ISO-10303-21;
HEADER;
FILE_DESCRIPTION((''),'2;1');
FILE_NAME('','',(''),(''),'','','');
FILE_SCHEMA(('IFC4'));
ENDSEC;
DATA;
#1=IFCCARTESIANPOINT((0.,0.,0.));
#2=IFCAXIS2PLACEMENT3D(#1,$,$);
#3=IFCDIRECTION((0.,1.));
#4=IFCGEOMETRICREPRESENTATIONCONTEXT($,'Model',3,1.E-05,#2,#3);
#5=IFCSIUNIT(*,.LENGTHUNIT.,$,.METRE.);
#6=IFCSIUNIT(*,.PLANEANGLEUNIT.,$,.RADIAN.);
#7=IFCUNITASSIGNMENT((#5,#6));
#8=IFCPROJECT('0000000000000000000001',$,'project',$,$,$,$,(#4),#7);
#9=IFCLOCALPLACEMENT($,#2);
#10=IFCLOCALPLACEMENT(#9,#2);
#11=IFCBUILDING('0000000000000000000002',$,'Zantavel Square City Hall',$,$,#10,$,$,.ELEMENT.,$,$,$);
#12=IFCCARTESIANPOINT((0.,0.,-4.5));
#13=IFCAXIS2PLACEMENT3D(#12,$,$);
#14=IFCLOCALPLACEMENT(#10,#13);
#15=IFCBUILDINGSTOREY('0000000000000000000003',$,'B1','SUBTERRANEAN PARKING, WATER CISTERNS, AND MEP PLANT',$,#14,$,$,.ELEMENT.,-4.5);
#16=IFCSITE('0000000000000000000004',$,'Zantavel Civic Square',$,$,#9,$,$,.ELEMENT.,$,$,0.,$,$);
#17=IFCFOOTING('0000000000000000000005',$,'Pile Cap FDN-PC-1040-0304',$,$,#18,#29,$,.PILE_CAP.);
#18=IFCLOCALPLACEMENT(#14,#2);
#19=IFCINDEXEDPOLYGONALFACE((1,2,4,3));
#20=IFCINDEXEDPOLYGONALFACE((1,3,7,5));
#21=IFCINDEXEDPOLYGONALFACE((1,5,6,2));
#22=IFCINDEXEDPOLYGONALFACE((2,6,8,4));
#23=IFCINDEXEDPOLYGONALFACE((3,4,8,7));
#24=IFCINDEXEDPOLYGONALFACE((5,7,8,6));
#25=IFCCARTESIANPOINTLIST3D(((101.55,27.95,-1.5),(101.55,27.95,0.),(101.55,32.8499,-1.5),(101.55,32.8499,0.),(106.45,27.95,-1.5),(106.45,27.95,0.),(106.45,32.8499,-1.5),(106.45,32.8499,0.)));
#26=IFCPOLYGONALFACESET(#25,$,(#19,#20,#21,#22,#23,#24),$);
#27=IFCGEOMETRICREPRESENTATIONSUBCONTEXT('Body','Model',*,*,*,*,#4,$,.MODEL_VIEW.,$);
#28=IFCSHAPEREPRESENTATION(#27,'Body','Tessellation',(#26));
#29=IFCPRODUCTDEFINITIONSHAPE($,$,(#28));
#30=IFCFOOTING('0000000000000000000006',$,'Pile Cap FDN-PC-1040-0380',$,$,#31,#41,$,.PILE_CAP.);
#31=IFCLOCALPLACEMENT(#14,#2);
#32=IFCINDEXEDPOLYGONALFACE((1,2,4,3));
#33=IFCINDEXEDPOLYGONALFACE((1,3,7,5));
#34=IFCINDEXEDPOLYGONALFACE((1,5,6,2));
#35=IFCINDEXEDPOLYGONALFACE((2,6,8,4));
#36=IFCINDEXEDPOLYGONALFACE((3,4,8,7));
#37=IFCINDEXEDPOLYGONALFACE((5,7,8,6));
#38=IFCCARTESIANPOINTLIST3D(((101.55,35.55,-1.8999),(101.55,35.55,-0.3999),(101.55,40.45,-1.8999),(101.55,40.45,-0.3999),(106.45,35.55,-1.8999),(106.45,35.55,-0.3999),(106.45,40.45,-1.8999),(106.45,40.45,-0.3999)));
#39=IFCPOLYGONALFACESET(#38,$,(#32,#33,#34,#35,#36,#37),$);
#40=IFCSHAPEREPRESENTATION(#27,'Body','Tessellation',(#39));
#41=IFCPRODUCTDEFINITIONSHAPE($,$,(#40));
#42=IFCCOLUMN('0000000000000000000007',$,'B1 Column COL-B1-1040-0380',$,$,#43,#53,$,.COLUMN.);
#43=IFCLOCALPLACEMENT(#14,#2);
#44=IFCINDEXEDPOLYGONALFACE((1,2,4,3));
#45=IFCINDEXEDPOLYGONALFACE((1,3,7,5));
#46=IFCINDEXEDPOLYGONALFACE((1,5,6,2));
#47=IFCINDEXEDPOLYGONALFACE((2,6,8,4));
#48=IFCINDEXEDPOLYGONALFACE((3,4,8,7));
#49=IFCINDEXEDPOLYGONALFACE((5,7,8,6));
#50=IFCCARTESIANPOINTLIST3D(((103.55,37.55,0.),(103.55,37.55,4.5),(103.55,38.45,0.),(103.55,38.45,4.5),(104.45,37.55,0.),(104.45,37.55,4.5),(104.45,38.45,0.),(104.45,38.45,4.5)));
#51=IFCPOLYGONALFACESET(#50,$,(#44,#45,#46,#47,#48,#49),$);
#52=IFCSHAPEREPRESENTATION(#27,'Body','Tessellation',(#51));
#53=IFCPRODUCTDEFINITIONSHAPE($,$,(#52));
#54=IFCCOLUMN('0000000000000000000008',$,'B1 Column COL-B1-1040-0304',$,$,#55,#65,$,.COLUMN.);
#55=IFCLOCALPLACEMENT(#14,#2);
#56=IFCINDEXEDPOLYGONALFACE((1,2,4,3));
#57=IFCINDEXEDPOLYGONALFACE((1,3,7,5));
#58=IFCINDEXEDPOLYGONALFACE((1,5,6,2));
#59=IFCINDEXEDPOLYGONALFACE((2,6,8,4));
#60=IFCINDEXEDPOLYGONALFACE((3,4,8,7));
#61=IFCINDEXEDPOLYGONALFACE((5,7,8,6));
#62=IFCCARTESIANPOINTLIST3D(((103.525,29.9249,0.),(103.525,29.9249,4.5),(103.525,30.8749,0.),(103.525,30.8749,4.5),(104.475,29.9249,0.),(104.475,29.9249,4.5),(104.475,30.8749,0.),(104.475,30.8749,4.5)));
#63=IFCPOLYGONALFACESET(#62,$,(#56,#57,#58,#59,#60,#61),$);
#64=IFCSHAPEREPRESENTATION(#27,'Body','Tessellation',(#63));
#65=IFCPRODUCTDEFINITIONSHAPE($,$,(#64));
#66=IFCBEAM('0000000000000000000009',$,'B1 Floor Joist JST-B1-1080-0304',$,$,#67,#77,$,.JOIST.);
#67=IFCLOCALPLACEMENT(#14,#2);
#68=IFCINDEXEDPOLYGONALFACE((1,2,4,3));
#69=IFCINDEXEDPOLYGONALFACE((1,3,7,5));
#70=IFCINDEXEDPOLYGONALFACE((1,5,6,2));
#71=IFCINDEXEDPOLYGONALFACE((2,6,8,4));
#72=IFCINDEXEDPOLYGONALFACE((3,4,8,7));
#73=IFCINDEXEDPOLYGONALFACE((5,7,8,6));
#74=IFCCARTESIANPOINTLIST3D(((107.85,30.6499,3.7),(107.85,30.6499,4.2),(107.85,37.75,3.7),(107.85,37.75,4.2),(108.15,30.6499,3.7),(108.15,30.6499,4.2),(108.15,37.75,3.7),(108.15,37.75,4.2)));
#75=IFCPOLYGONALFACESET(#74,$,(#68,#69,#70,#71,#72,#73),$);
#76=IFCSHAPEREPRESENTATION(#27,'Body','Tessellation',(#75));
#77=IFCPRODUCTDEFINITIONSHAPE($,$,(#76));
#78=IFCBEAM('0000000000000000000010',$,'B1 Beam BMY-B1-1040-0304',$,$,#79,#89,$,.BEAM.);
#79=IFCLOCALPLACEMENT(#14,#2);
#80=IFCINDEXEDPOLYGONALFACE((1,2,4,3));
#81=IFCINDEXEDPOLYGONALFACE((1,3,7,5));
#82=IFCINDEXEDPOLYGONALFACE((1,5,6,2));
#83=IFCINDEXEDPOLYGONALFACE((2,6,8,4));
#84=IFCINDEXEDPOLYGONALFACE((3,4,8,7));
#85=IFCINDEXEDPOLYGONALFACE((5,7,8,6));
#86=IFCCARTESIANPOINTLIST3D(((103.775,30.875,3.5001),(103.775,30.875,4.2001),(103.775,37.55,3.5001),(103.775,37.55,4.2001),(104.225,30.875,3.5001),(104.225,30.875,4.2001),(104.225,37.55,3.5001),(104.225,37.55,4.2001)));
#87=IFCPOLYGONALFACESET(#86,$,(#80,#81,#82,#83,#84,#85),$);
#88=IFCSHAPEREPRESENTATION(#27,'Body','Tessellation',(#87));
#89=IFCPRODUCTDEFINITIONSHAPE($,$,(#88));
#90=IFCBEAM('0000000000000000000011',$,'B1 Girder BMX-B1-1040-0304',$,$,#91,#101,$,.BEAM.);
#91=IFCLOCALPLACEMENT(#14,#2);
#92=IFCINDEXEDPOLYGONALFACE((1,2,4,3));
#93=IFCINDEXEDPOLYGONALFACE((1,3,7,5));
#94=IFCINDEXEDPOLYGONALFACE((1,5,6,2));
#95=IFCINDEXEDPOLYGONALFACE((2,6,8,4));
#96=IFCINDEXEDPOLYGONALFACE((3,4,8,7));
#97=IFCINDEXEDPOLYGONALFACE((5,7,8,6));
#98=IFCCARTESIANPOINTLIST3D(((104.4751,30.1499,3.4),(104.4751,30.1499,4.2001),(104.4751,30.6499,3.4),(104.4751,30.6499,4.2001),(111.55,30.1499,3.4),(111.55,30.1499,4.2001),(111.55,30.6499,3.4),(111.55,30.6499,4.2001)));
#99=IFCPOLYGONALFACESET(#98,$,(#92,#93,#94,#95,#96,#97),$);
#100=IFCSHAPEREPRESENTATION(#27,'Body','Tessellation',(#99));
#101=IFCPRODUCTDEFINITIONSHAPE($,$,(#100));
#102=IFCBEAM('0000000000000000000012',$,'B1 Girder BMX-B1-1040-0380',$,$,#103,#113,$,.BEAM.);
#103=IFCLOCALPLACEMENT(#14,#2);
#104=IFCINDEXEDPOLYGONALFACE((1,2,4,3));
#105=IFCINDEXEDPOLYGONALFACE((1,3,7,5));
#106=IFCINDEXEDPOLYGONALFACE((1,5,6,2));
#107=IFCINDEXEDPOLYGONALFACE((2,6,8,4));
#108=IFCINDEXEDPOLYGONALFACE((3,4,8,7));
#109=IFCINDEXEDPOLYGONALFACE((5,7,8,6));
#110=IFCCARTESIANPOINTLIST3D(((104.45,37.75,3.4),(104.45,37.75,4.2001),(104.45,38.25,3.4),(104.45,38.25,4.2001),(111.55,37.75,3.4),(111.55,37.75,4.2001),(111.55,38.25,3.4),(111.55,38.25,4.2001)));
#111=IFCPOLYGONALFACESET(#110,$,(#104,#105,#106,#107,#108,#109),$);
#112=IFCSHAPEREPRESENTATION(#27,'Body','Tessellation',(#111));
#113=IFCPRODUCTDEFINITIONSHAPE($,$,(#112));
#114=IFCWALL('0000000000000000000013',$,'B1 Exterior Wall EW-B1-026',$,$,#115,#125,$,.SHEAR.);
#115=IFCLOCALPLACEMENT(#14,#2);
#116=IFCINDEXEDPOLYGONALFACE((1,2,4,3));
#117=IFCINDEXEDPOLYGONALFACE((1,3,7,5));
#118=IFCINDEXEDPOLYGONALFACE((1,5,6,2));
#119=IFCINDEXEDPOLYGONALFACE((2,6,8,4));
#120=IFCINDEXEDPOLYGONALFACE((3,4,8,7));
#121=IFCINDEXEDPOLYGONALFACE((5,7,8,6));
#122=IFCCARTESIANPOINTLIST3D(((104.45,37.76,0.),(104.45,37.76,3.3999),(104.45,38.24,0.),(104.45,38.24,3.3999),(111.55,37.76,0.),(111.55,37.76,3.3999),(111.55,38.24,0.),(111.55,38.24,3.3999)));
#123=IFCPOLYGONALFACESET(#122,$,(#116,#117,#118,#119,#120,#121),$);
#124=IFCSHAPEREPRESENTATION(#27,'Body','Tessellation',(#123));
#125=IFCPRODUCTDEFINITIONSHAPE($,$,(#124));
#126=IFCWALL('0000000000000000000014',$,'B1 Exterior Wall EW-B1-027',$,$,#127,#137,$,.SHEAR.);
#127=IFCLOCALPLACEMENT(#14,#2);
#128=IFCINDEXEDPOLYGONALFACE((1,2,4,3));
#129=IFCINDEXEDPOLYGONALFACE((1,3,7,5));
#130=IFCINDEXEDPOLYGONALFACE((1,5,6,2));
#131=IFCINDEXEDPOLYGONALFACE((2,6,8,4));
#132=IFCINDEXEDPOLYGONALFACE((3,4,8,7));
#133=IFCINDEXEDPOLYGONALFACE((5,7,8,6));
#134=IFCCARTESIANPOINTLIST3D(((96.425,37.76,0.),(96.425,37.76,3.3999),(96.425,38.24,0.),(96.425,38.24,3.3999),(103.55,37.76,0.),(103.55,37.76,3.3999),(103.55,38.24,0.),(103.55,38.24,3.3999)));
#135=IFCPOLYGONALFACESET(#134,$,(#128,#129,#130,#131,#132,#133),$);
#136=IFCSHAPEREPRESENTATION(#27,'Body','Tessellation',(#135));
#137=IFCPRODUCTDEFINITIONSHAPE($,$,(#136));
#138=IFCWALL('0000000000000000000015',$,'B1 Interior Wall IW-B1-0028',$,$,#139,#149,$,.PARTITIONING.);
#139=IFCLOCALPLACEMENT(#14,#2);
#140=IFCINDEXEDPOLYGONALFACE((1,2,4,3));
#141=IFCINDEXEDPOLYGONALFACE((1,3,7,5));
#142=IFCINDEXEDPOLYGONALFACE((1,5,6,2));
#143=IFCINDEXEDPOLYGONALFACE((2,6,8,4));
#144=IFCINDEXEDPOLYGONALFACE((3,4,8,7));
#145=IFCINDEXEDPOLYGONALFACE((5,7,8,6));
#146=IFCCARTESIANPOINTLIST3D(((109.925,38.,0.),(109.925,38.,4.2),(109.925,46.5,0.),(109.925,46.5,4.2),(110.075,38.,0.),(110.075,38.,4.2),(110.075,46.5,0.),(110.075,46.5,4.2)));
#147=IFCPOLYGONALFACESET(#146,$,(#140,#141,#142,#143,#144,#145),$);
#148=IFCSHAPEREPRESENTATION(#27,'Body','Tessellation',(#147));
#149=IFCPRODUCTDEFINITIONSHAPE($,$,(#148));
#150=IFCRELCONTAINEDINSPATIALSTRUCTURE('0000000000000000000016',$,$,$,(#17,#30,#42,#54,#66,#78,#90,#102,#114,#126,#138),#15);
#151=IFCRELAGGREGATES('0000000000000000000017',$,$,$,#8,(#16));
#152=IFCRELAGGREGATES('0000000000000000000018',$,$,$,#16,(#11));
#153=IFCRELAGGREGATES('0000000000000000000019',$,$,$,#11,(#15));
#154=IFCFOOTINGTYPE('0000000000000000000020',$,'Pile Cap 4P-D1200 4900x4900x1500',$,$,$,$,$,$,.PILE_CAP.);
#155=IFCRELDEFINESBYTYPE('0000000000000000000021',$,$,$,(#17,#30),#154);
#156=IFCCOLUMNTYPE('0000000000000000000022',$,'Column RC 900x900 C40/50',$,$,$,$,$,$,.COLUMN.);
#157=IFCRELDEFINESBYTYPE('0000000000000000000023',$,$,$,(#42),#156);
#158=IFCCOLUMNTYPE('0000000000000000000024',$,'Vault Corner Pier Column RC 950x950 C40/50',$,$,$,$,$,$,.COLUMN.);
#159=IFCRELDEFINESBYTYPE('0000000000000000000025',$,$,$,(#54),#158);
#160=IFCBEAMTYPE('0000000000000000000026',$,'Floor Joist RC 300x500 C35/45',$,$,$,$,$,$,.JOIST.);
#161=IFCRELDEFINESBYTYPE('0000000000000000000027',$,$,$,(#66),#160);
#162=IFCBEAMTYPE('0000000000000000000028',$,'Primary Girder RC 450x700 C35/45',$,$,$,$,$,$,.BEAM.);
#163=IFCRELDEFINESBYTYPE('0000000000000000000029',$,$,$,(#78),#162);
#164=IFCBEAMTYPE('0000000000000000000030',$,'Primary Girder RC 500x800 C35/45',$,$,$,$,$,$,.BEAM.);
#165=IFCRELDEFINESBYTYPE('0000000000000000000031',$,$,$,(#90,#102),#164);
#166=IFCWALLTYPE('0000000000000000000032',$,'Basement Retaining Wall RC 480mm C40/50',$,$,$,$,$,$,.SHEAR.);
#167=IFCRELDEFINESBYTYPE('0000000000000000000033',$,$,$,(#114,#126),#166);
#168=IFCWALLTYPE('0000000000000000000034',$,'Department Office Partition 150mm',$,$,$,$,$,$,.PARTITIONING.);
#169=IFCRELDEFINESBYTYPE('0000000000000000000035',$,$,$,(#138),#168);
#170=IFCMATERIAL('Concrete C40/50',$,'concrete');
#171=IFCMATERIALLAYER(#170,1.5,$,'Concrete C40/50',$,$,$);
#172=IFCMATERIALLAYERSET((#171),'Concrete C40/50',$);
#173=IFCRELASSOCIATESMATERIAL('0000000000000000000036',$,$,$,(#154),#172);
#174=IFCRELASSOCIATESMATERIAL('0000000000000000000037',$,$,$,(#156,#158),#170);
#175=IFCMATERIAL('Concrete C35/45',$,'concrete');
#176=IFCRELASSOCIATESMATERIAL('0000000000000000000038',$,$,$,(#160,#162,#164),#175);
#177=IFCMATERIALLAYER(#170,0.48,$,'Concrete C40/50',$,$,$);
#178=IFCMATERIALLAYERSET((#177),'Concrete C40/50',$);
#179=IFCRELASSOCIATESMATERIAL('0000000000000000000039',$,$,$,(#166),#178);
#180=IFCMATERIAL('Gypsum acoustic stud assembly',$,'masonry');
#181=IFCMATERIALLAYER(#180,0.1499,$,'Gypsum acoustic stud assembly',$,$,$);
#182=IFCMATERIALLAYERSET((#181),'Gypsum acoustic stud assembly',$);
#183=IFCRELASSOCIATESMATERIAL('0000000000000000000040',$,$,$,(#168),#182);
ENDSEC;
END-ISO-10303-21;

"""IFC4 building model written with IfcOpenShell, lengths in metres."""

from ifc_helpers import new_model, si_unit, direction, frame, frame_2d, origin, origin_2d, place, context, subcontext, project, spatial, rectangle, extrude, material, layer, layer_set, material_profile, profile_set, type_object, element, save


model = new_model("IFC4")

# Units and contexts
model_context = context("Model", 3, precision=1e-05, world=origin(), true_north=direction((0.0, 1.0)))
body_context = subcontext(model_context, "Body", "Model", "MODEL_VIEW")
ifc_project = project(units=[si_unit("LENGTHUNIT", "METRE"), si_unit("PLANEANGLEUNIT", "RADIAN")], contexts=[model_context])

# Site, building, storey
site_placement = place(None, origin())
site = spatial("IfcSite", under=ifc_project, at=site_placement, Name="Zantavel Civic Square", CompositionType="ELEMENT", RefElevation=0.0)
building_placement = place(site_placement, origin())
building = spatial("IfcBuilding", under=site, at=building_placement, Name="Zantavel Square City Hall", CompositionType="ELEMENT")
storey_placement = place(building_placement, frame((0.0, 0.0, -4.5)))
storey = spatial("IfcBuildingStorey", under=building, at=storey_placement, Name="B1", Description="SUBTERRANEAN PARKING, WATER CISTERNS, AND MEP PLANT", CompositionType="ELEMENT", Elevation=-4.5)

# Shared definitions
ifc_material_1 = material(Name="Concrete C35/45", Category="concrete")

# Footings
ifc_material_2 = material(Name="Concrete C40/50", Category="concrete")
ifc_layer_1 = layer(ifc_material_2, 1.5, Name="Concrete C40/50")
ifc_layer_set_1 = layer_set([ifc_layer_1], Name="Concrete C40/50")
footing_type_1 = type_object("IfcFootingType", Name="Pile Cap 4P-D1200 4900x4900x1500", PredefinedType="PILE_CAP", material=ifc_layer_set_1)
for number, where, z_axis, x_axis, name in (
    (1, (104.0, 30.3999, -1.5), (0.0, 0.0, 1.0), (1.0, 0.0, 0.0), "Pile Cap FDN-PC-1040-0304"),
    (2, (104.0, 38.0, -1.8999), (0.0, 0.0, 1.0), (1.0, 0.0, 0.0), "Pile Cap FDN-PC-1040-0380"),
):
    element("IfcFooting", number, at=place(storey_placement, frame(where, z_axis=z_axis, x_axis=x_axis)), inside=storey, type_object=footing_type_1, Name=name, PredefinedType="PILE_CAP", context=body_context, shape_type="SweptSolid", body=[
        extrude(rectangle(XDim=4.8999, YDim=4.8999, at=origin_2d()), origin(), (0.0, 0.0, 1.0), 1.5),
    ])

# Columns
ifc_material_profile_1 = material_profile(ifc_material_2, rectangle(XDim=0.8999, YDim=0.8999, at=origin_2d()), Name="RC 900x900")
ifc_profile_set_1 = profile_set([ifc_material_profile_1], Name="Concrete C40/50")
column_type_1 = type_object("IfcColumnType", Name="Column RC 900x900 C40/50", PredefinedType="COLUMN", material=ifc_profile_set_1)
column_1_placement = place(storey_placement, frame((104.0, 38.0, 0.0), z_axis=(0.0, 0.0, 1.0), x_axis=(1.0, 0.0, 0.0)))
element("IfcColumn", 3, at=column_1_placement, inside=storey, type_object=column_type_1, Name="B1 Column COL-B1-1040-0380", PredefinedType="COLUMN", context=body_context, shape_type="SweptSolid", body=[
    extrude(rectangle(XDim=0.8999, YDim=0.8999, at=origin_2d()), origin(), (0.0, 0.0, 1.0), 4.5),
])
ifc_material_profile_2 = material_profile(ifc_material_2, rectangle(XDim=0.95, YDim=0.95, at=origin_2d()), Name="RC 950x950")
ifc_profile_set_2 = profile_set([ifc_material_profile_2], Name="Concrete C40/50")
column_type_2 = type_object("IfcColumnType", Name="Vault Corner Pier Column RC 950x950 C40/50", PredefinedType="COLUMN", material=ifc_profile_set_2)
column_2_placement = place(storey_placement, frame((104.0, 30.3999, 0.0), z_axis=(0.0, 0.0, 1.0), x_axis=(1.0, 0.0, 0.0)))
element("IfcColumn", 4, at=column_2_placement, inside=storey, type_object=column_type_2, Name="B1 Column COL-B1-1040-0304", PredefinedType="COLUMN", context=body_context, shape_type="SweptSolid", body=[
    extrude(rectangle(XDim=0.95, YDim=0.95, at=origin_2d()), origin(), (0.0, 0.0, 1.0), 4.5),
])

# Beams
ifc_material_profile_3 = material_profile(ifc_material_1, rectangle(XDim=0.3, YDim=0.5, at=origin_2d()), Name="RC 300x500")
ifc_profile_set_3 = profile_set([ifc_material_profile_3], Name="Concrete C35/45")
beam_type_1 = type_object("IfcBeamType", Name="Floor Joist RC 300x500 C35/45", PredefinedType="JOIST", material=ifc_profile_set_3)
beam_1_placement = place(storey_placement, frame((108.0, 30.6499, 3.95), z_axis=(0.0, 1.0, 0.0), x_axis=(-1.0, 0.0, 0.0)))
element("IfcBeam", 5, at=beam_1_placement, inside=storey, type_object=beam_type_1, Name="B1 Floor Joist JST-B1-1080-0304", PredefinedType="JOIST", context=body_context, shape_type="SweptSolid", body=[
    extrude(rectangle(XDim=0.3, YDim=0.5, at=origin_2d()), origin(), (0.0, 0.0, 1.0), 7.1001),
])
ifc_material_profile_4 = material_profile(ifc_material_1, rectangle(XDim=0.45, YDim=0.7, at=origin_2d()), Name="RC 450x700")
ifc_profile_set_4 = profile_set([ifc_material_profile_4], Name="Concrete C35/45")
beam_type_2 = type_object("IfcBeamType", Name="Primary Girder RC 450x700 C35/45", PredefinedType="BEAM", material=ifc_profile_set_4)
beam_2_placement = place(storey_placement, frame((104.0, 30.875, 3.8501), z_axis=(0.0, 1.0, 0.0), x_axis=(-1.0, 0.0, 0.0)))
element("IfcBeam", 6, at=beam_2_placement, inside=storey, type_object=beam_type_2, Name="B1 Beam BMY-B1-1040-0304", PredefinedType="BEAM", context=body_context, shape_type="SweptSolid", body=[
    extrude(rectangle(XDim=0.45, YDim=0.7, at=origin_2d()), origin(), (0.0, 0.0, 1.0), 6.675),
])
ifc_material_profile_5 = material_profile(ifc_material_1, rectangle(XDim=0.5, YDim=0.8, at=origin_2d()), Name="RC 500x800")
ifc_profile_set_5 = profile_set([ifc_material_profile_5], Name="Concrete C35/45")
beam_type_3 = type_object("IfcBeamType", Name="Primary Girder RC 500x800 C35/45", PredefinedType="BEAM", material=ifc_profile_set_5)
beam_3_placement = place(storey_placement, frame((104.4751, 30.3999, 3.8), z_axis=(1.0, 0.0, 0.0), x_axis=(0.0, 1.0, 0.0)))
element("IfcBeam", 7, at=beam_3_placement, inside=storey, type_object=beam_type_3, Name="B1 Girder BMX-B1-1040-0304", PredefinedType="BEAM", context=body_context, shape_type="SweptSolid", body=[
    extrude(rectangle(XDim=0.5, YDim=0.8, at=origin_2d()), origin(), (0.0, 0.0, 1.0), 7.075),
])
beam_4_placement = place(storey_placement, frame((104.45, 38.0, 3.8), z_axis=(1.0, 0.0, 0.0), x_axis=(0.0, 1.0, 0.0)))
element("IfcBeam", 8, at=beam_4_placement, inside=storey, type_object=beam_type_3, Name="B1 Girder BMX-B1-1040-0380", PredefinedType="BEAM", context=body_context, shape_type="SweptSolid", body=[
    extrude(rectangle(XDim=0.5, YDim=0.8, at=origin_2d()), origin(), (0.0, 0.0, 1.0), 7.1001),
])

# Walls
ifc_layer_2 = layer(ifc_material_2, 0.48, Name="Concrete C40/50")
ifc_layer_set_2 = layer_set([ifc_layer_2], Name="Concrete C40/50")
wall_type_1 = type_object("IfcWallType", Name="Basement Retaining Wall RC 480mm C40/50", PredefinedType="SHEAR", material=ifc_layer_set_2)
wall_1_placement = place(storey_placement, frame((111.55, 38.0, 0.0), z_axis=(0.0, 0.0, 1.0), x_axis=(-1.0, 0.0, 0.0)))
element("IfcWall", 9, at=wall_1_placement, inside=storey, type_object=wall_type_1, Name="B1 Exterior Wall EW-B1-026", PredefinedType="SHEAR", context=body_context, shape_type="SweptSolid", body=[
    extrude(rectangle(XDim=7.1001, YDim=0.48, at=frame_2d((3.55, 0.0))), origin(), (0.0, 0.0, 1.0), 3.3999),
])
wall_2_placement = place(storey_placement, frame((103.55, 38.0, 0.0), z_axis=(0.0, 0.0, 1.0), x_axis=(-1.0, 0.0, 0.0)))
element("IfcWall", 10, at=wall_2_placement, inside=storey, type_object=wall_type_1, Name="B1 Exterior Wall EW-B1-027", PredefinedType="SHEAR", context=body_context, shape_type="SweptSolid", body=[
    extrude(rectangle(XDim=7.125, YDim=0.48, at=frame_2d((3.5625, 0.0))), origin(), (0.0, 0.0, 1.0), 3.3999),
])
ifc_material_3 = material(Name="Gypsum acoustic stud assembly", Category="masonry")
ifc_layer_3 = layer(ifc_material_3, 0.1499, Name="Gypsum acoustic stud assembly")
ifc_layer_set_3 = layer_set([ifc_layer_3], Name="Gypsum acoustic stud assembly")
wall_type_2 = type_object("IfcWallType", Name="Department Office Partition 150mm", PredefinedType="PARTITIONING", material=ifc_layer_set_3)
wall_3_placement = place(storey_placement, frame((110.0, 38.0, 0.0), z_axis=(0.0, 0.0, 1.0), x_axis=(0.0, 1.0, 0.0)))
element("IfcWall", 11, at=wall_3_placement, inside=storey, type_object=wall_type_2, Name="B1 Interior Wall IW-B1-0028", PredefinedType="PARTITIONING", context=body_context, shape_type="SweptSolid", body=[
    extrude(rectangle(XDim=8.5, YDim=0.1499, at=frame_2d((4.25, 0.0))), origin(), (0.0, 0.0, 1.0), 4.2),
])

save(model, "model.ifc")
